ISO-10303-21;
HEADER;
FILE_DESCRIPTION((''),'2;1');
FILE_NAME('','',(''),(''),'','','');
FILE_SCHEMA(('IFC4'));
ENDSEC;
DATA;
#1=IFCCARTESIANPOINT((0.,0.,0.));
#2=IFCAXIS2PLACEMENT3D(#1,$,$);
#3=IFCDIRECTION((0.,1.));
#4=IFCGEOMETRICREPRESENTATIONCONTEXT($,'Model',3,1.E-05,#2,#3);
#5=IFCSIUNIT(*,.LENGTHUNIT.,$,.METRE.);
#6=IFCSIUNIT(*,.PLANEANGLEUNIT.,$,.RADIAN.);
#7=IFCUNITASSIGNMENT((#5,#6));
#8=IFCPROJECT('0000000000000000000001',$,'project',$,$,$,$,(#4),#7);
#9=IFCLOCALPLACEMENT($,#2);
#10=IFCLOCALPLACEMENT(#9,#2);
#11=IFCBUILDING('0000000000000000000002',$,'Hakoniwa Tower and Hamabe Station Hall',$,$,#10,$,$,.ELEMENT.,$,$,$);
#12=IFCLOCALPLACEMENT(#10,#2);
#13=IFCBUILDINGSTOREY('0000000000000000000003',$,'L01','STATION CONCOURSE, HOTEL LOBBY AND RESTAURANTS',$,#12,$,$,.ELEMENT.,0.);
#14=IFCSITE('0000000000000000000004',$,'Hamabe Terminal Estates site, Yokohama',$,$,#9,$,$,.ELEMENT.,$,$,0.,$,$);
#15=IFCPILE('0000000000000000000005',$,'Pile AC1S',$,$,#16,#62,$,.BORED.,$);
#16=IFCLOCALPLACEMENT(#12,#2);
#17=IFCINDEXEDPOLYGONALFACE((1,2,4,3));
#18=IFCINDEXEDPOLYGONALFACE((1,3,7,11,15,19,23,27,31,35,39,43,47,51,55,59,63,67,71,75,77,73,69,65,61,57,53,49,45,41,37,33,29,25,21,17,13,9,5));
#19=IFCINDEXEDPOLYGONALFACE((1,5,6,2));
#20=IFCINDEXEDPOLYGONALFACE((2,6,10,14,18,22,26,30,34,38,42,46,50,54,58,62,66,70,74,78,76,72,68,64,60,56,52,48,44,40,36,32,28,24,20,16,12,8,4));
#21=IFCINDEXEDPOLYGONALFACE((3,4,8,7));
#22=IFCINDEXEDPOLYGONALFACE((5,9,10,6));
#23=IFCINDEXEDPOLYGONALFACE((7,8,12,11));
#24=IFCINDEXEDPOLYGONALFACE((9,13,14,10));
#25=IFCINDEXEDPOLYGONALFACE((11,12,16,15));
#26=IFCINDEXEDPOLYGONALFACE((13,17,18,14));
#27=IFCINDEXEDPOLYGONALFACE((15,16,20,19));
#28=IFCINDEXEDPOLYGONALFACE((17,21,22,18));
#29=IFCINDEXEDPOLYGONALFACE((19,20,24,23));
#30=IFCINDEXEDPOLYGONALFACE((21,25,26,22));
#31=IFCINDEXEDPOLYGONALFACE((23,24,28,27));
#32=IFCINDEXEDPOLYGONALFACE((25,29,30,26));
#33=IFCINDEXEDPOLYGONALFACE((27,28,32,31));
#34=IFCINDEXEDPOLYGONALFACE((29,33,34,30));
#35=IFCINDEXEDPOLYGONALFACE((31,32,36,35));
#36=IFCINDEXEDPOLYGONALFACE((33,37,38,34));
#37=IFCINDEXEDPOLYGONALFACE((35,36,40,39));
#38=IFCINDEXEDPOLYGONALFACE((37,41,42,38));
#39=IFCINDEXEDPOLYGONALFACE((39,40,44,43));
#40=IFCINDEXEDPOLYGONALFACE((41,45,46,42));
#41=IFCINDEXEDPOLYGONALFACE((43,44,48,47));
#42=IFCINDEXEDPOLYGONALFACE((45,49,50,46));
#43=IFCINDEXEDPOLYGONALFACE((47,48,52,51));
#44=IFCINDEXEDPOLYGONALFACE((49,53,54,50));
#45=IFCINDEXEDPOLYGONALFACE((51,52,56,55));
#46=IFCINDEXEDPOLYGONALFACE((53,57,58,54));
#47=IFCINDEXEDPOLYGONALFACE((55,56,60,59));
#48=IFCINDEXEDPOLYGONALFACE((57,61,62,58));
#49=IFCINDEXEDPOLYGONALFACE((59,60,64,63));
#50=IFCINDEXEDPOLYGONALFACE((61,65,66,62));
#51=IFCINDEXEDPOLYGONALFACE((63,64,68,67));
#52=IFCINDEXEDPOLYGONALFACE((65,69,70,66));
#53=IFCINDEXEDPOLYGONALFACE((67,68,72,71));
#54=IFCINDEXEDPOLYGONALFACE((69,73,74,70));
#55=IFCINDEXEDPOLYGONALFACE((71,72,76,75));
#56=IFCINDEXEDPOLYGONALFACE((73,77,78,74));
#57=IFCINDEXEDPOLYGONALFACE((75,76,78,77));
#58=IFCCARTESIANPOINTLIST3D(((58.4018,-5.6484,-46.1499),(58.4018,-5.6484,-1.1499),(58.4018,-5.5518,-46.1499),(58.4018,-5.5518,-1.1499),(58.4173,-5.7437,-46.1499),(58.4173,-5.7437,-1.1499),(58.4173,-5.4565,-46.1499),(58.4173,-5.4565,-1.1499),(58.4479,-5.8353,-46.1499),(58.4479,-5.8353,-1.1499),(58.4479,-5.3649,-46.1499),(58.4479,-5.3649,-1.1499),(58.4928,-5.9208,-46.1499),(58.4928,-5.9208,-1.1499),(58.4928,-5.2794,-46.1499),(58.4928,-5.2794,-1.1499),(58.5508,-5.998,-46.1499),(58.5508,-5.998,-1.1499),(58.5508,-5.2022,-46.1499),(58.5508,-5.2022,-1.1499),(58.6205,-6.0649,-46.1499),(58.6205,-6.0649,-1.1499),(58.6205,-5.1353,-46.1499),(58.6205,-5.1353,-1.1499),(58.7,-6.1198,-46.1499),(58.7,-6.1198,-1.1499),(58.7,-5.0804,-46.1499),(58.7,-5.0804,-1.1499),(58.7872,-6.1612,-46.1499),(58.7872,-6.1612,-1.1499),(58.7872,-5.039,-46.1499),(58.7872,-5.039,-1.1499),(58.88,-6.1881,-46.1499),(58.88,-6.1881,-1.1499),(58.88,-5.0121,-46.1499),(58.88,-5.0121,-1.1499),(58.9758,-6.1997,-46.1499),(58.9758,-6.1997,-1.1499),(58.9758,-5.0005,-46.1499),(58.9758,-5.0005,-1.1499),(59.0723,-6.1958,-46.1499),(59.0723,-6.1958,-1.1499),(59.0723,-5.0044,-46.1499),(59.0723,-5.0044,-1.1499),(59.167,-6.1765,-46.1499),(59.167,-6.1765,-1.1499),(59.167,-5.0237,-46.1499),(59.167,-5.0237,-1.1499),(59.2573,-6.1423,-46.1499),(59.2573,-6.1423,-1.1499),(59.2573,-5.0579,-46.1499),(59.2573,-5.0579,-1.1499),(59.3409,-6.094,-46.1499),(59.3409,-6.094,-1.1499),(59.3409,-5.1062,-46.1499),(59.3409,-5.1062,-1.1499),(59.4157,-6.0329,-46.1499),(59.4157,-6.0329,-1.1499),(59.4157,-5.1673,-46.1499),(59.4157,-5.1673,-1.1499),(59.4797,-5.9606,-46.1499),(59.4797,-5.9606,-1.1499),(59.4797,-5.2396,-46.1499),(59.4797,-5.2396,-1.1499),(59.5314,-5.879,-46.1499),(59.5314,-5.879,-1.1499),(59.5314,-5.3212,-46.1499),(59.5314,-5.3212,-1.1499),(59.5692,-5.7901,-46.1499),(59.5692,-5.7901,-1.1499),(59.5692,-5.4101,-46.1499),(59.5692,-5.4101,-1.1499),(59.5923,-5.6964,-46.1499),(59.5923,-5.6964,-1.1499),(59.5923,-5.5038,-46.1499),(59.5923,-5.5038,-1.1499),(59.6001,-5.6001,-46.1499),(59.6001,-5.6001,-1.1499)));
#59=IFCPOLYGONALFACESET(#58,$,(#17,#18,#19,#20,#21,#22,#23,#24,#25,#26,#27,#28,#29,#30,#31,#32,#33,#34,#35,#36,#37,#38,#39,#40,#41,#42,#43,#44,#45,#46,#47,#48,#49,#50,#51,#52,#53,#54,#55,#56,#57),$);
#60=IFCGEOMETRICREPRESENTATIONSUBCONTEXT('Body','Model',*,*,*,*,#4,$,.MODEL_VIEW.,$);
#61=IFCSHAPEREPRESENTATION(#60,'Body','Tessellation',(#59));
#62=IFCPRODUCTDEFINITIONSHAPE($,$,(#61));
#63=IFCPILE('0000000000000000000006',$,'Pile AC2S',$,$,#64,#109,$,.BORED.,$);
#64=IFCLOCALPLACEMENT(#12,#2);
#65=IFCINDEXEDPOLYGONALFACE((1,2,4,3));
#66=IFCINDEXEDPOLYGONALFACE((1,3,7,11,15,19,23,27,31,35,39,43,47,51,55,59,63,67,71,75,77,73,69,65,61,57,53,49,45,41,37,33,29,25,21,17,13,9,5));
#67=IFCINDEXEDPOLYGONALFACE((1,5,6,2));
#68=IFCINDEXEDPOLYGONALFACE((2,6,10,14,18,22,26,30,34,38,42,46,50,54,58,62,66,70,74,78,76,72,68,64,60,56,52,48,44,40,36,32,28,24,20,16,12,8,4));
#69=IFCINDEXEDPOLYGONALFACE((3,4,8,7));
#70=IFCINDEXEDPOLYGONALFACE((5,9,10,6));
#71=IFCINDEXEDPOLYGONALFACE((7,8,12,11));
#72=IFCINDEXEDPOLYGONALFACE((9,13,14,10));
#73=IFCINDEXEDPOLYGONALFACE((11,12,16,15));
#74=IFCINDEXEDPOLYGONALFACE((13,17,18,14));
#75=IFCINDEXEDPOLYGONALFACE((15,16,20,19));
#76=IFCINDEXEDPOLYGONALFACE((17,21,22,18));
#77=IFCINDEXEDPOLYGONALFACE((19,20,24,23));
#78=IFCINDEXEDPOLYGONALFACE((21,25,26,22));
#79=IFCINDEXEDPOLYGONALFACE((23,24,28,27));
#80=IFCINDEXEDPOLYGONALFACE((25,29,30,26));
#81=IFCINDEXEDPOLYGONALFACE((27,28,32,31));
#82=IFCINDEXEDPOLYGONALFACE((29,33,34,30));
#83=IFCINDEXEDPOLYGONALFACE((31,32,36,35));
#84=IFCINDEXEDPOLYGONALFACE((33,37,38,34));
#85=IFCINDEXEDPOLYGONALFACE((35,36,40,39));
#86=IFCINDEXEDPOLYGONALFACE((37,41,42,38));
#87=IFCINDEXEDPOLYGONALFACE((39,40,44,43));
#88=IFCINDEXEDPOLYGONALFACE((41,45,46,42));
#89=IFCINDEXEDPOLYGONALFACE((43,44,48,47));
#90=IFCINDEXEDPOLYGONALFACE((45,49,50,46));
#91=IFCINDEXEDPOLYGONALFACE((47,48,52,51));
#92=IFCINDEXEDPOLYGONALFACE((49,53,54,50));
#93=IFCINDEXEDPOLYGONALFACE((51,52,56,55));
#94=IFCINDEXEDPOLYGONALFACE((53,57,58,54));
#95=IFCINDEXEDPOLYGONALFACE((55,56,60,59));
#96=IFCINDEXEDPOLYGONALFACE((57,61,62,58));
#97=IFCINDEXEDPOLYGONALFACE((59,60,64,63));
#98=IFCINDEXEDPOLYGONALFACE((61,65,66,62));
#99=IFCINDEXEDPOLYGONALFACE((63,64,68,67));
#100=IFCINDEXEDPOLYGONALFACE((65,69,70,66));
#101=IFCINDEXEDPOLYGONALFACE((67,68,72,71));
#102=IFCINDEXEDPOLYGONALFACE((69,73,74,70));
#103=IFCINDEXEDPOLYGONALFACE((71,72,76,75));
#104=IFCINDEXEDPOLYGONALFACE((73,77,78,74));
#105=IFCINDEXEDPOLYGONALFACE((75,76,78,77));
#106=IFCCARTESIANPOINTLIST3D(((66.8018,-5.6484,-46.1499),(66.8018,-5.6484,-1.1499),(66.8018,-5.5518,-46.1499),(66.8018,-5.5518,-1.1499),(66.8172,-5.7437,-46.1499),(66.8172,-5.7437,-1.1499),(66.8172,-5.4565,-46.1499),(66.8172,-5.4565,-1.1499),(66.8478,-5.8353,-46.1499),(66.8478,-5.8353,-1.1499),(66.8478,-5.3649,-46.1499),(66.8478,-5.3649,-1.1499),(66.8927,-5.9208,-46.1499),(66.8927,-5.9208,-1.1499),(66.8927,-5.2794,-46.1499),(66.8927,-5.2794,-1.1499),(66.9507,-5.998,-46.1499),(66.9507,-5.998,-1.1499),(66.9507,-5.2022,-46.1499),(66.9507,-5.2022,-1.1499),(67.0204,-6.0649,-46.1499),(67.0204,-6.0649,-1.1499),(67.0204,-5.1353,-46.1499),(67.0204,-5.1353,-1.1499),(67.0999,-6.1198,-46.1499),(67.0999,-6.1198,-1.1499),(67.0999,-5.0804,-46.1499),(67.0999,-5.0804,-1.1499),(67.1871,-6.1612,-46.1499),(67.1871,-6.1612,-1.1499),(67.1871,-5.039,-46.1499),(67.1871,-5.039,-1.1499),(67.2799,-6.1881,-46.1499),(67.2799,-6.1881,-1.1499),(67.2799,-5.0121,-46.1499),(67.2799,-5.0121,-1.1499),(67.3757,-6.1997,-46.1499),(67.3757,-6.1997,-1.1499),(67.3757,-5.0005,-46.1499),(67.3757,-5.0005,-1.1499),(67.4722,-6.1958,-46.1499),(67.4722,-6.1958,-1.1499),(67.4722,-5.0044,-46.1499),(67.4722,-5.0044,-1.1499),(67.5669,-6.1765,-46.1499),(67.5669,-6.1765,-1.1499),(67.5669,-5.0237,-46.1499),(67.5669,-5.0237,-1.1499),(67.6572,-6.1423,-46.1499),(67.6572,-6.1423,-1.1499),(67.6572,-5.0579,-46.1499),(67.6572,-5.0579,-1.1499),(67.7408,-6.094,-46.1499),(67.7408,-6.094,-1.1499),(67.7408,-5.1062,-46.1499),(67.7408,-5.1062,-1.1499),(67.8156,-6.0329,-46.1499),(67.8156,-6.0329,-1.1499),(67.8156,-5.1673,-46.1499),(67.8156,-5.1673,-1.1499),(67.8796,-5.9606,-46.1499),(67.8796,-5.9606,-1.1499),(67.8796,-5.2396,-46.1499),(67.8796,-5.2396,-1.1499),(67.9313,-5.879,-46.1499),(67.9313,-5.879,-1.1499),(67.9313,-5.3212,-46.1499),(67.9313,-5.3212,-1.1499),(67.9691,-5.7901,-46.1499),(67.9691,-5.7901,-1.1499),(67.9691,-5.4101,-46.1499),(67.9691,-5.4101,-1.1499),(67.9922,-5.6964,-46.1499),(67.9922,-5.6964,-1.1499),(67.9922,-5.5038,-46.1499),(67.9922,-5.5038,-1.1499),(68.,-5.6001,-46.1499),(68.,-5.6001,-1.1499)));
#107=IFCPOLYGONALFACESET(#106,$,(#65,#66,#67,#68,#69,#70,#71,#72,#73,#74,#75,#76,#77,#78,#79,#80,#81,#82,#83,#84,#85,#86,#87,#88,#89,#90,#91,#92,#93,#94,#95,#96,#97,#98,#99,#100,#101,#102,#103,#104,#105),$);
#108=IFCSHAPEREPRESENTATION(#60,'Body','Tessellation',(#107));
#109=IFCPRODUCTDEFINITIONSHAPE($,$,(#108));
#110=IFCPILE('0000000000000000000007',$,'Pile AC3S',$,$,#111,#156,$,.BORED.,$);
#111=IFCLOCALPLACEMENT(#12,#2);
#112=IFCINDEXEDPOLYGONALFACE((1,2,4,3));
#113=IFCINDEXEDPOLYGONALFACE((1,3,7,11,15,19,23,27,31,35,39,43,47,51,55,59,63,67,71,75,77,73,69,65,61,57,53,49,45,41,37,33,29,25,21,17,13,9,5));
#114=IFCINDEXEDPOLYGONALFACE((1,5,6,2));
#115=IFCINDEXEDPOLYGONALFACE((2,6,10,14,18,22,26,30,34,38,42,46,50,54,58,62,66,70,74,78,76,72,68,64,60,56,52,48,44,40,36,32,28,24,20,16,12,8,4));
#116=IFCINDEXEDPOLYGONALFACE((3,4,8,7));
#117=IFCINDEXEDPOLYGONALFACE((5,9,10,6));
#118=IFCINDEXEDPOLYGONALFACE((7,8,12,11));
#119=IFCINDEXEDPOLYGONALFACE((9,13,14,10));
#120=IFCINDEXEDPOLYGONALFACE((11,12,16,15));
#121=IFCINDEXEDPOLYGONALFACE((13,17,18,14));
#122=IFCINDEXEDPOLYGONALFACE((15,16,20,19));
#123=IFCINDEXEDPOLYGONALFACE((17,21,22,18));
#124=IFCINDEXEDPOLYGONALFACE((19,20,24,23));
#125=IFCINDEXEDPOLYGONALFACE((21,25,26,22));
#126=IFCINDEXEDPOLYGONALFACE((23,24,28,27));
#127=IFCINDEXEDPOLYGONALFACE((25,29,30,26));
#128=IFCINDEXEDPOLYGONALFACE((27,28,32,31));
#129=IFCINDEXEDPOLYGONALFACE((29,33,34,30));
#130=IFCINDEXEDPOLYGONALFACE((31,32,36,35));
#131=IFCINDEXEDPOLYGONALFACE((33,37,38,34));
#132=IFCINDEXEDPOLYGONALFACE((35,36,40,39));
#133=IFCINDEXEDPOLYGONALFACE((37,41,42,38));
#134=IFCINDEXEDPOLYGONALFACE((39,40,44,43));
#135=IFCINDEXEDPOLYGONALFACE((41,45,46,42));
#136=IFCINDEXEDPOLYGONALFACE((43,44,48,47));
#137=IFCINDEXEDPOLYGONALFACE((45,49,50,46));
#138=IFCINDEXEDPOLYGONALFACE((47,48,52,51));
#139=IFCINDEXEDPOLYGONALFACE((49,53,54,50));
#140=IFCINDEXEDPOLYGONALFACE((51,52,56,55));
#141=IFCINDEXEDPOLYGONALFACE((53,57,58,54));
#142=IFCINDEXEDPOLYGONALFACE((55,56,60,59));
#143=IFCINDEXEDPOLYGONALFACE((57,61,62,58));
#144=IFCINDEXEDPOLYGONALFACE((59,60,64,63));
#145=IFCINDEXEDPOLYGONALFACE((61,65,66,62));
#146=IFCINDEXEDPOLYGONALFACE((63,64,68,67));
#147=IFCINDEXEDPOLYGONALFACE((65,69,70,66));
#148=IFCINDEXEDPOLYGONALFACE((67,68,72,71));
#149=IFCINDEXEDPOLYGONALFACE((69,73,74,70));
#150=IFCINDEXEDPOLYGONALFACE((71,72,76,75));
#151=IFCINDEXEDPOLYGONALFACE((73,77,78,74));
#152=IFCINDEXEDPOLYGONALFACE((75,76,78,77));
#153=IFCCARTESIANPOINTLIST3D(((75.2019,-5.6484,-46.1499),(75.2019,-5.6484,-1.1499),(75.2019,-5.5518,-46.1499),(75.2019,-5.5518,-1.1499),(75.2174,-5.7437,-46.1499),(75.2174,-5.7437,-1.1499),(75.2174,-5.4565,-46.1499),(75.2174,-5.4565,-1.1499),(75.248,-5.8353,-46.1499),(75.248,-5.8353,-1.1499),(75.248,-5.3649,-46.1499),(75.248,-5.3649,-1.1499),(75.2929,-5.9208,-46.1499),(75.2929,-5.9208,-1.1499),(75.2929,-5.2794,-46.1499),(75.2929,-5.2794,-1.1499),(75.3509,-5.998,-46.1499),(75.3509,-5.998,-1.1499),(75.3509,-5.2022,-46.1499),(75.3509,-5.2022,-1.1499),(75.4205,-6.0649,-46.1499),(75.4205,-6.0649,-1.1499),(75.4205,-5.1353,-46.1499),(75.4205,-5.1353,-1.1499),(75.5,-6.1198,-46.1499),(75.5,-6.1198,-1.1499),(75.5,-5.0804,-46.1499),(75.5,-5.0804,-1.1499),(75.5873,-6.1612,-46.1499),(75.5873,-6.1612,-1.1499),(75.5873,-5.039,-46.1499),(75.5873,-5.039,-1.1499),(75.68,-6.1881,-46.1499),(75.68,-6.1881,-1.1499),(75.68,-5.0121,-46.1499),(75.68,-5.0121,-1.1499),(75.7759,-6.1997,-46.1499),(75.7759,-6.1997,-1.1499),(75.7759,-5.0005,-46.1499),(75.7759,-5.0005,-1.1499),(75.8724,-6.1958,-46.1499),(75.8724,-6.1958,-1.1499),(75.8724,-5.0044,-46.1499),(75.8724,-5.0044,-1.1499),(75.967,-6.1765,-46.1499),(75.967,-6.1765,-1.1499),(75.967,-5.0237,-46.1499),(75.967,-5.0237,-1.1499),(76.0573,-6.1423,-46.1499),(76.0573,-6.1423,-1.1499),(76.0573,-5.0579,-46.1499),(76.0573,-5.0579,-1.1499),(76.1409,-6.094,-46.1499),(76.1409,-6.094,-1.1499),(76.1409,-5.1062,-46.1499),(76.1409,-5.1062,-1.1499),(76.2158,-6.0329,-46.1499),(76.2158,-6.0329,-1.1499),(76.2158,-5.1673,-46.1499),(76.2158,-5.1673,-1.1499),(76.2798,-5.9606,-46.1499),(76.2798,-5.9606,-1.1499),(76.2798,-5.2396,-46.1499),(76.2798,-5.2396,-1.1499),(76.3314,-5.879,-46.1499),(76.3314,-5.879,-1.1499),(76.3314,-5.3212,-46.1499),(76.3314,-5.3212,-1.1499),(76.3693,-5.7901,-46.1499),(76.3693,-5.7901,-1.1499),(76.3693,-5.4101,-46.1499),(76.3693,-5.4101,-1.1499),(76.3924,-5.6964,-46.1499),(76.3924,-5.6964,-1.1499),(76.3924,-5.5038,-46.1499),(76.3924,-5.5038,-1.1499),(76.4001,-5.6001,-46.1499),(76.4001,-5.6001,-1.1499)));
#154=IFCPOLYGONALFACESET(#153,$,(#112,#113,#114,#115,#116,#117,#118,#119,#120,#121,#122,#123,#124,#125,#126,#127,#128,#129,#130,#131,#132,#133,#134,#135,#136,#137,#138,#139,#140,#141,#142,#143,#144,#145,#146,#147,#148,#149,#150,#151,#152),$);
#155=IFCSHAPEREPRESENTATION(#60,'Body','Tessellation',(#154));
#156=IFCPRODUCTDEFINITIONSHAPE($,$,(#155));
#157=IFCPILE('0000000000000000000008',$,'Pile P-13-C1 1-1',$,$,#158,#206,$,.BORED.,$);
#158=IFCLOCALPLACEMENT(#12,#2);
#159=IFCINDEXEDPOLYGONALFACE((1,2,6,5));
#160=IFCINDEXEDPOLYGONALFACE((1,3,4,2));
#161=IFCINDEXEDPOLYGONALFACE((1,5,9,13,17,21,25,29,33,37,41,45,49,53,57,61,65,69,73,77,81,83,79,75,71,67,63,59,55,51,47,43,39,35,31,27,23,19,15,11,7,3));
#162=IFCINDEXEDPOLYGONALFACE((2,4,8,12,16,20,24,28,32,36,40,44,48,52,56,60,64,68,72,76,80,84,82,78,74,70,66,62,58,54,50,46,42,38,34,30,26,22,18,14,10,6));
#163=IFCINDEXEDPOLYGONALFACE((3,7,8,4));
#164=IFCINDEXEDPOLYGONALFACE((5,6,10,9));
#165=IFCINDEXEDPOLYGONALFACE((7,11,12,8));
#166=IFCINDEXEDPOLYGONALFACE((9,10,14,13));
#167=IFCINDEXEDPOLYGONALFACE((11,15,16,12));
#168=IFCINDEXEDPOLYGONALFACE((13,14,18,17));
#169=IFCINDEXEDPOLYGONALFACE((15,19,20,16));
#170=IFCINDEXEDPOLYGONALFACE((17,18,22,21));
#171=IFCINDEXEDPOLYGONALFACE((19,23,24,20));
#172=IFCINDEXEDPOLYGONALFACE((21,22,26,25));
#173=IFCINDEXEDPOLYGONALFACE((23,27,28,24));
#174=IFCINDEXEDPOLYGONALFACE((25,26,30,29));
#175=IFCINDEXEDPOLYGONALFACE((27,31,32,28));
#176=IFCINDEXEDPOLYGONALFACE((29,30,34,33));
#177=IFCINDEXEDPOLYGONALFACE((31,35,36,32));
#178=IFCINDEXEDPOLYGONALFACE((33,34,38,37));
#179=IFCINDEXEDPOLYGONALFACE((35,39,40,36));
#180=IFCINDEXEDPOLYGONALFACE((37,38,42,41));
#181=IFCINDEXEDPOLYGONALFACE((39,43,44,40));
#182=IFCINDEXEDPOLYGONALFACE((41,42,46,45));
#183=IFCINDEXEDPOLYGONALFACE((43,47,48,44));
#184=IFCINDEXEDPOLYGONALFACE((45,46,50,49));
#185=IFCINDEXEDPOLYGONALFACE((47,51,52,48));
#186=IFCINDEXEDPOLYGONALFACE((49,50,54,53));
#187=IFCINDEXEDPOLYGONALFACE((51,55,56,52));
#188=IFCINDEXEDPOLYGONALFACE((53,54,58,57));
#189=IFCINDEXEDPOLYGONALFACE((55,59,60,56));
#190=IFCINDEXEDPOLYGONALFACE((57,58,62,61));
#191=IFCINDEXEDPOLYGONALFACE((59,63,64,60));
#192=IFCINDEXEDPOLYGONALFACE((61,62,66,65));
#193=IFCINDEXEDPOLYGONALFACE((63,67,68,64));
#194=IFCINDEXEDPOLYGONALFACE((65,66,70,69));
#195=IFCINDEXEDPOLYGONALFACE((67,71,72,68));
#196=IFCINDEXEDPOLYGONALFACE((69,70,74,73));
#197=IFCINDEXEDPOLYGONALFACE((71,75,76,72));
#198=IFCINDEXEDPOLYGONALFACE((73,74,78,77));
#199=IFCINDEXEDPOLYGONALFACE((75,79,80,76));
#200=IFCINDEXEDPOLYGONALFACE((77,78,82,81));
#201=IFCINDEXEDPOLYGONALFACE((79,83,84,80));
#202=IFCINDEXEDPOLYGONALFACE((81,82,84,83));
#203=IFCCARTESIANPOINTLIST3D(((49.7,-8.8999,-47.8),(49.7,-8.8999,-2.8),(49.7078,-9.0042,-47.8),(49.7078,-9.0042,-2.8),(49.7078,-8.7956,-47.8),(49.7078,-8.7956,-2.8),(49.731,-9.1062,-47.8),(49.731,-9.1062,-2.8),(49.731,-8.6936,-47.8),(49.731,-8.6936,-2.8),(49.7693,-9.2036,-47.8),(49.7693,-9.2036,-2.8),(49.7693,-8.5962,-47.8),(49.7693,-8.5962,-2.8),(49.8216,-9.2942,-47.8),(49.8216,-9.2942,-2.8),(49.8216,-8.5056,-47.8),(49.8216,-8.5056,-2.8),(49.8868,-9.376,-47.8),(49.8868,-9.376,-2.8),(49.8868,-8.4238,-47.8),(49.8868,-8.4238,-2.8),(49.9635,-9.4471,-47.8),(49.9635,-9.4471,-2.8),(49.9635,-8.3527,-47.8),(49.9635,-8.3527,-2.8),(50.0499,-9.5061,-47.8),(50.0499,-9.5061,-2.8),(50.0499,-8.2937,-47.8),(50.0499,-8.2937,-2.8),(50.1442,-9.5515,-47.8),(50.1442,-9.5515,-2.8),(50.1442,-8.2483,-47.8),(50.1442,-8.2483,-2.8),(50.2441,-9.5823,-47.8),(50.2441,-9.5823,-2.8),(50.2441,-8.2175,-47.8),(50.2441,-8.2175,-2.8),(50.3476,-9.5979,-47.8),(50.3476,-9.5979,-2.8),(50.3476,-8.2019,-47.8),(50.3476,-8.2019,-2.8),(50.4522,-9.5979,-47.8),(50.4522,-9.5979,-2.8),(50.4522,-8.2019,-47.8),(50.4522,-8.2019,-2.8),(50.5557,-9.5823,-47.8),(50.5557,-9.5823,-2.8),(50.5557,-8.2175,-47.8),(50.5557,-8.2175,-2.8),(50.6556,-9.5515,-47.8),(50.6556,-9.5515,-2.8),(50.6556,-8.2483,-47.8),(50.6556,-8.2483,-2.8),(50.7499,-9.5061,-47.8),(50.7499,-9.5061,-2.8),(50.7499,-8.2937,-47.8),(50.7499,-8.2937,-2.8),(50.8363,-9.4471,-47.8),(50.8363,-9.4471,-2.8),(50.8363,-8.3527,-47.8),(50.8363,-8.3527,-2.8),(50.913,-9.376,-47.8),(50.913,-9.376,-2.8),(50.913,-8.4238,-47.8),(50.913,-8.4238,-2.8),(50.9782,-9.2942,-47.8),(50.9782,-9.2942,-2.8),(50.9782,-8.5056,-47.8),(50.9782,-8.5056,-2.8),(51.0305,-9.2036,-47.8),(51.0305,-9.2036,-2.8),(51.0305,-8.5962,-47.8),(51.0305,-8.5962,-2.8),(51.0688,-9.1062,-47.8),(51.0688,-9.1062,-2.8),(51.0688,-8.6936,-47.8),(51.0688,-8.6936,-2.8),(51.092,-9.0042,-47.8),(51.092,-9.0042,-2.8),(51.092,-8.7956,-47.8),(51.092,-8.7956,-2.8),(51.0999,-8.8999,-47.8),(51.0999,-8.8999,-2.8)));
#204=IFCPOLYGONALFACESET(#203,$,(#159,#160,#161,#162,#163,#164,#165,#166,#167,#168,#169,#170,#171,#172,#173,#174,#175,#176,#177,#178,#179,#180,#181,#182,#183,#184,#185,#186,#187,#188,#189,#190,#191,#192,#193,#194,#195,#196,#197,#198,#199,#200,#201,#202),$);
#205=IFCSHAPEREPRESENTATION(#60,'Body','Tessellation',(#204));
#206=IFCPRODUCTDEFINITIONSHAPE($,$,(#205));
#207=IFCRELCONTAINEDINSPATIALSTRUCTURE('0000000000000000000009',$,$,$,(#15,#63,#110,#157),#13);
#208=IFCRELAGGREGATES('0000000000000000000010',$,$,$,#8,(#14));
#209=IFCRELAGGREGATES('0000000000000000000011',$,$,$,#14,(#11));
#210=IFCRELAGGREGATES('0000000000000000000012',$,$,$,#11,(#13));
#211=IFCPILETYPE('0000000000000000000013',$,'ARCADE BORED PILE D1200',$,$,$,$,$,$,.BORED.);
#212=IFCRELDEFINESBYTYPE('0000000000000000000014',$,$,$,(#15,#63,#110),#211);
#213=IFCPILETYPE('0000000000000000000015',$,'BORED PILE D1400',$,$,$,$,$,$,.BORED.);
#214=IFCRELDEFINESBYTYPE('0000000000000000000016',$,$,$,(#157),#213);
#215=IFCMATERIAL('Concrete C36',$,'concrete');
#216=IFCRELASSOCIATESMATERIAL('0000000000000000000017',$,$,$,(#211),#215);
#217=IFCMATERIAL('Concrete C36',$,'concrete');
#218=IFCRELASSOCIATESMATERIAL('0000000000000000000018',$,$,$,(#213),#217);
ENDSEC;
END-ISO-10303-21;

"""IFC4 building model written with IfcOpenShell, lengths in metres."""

from ifc_helpers import new_model, si_unit, direction, frame, origin, origin_2d, place, context, subcontext, project, spatial, circle, extrude, material, material_profile, profile_set, type_object, element, save


model = new_model("IFC4")

# Units and contexts
model_context = context("Model", 3, precision=1e-05, world=origin(), true_north=direction((0.0, 1.0)))
body_context = subcontext(model_context, "Body", "Model", "MODEL_VIEW")
ifc_project = project(units=[si_unit("LENGTHUNIT", "METRE"), si_unit("PLANEANGLEUNIT", "RADIAN")], contexts=[model_context])

# Site, building, storey
site_placement = place(None, origin())
site = spatial("IfcSite", under=ifc_project, at=site_placement, Name="Hamabe Terminal Estates site, Yokohama", CompositionType="ELEMENT", RefElevation=0.0)
building_placement = place(site_placement, origin())
building = spatial("IfcBuilding", under=site, at=building_placement, Name="Hakoniwa Tower and Hamabe Station Hall", CompositionType="ELEMENT")
storey_placement = place(building_placement, origin())
storey = spatial("IfcBuildingStorey", under=building, at=storey_placement, Name="L01", Description="STATION CONCOURSE, HOTEL LOBBY AND RESTAURANTS", CompositionType="ELEMENT", Elevation=0.0)

# Piles
ifc_material_1 = material(Name="Concrete C36", Category="concrete")
ifc_material_profile_1 = material_profile(ifc_material_1, circle(Radius=0.6001, at=origin_2d()), Name="ARCADE BORED PILE D1200")
ifc_profile_set_1 = profile_set([ifc_material_profile_1], Name="Concrete C36")
pile_type_1 = type_object("IfcPileType", Name="ARCADE BORED PILE D1200", PredefinedType="BORED", material=ifc_profile_set_1)
for number, where, z_axis, x_axis, name in (
    (1, (59.0, -5.6001, -1.1499), (0.0, 0.0, -1.0), (1.0, 0.0, 0.0), "Pile AC1S"),
    (2, (67.3999, -5.6001, -1.1499), (0.0, 0.0, -1.0), (1.0, 0.0, 0.0), "Pile AC2S"),
    (3, (75.8, -5.6001, -1.1499), (0.0, 0.0, -1.0), (1.0, 0.0, 0.0), "Pile AC3S"),
):
    element("IfcPile", number, at=place(storey_placement, frame(where, z_axis=z_axis, x_axis=x_axis)), inside=storey, type_object=pile_type_1, Name=name, PredefinedType="BORED", context=body_context, shape_type="SweptSolid", body=[
        extrude(circle(Radius=0.6001, at=origin_2d()), origin(), (0.0, 0.0, 1.0), 45.0),
    ])
ifc_material_2 = material(Name="Concrete C36", Category="concrete")
ifc_material_profile_2 = material_profile(ifc_material_2, circle(Radius=0.7, at=origin_2d()), Name="BORED PILE D1400")
ifc_profile_set_2 = profile_set([ifc_material_profile_2], Name="Concrete C36")
pile_type_2 = type_object("IfcPileType", Name="BORED PILE D1400", PredefinedType="BORED", material=ifc_profile_set_2)
for number, where, z_axis, x_axis, name in (
    (4, (50.3999, -8.8999, -2.8), (0.0, 0.0, -1.0), (1.0, 0.0, 0.0), "Pile P-13-C1 1-1"),
):
    element("IfcPile", number, at=place(storey_placement, frame(where, z_axis=z_axis, x_axis=x_axis)), inside=storey, type_object=pile_type_2, Name=name, PredefinedType="BORED", context=body_context, shape_type="SweptSolid", body=[
        extrude(circle(Radius=0.7, at=origin_2d()), origin(), (0.0, 0.0, 1.0), 45.0),
    ])

save(model, "model.ifc")
